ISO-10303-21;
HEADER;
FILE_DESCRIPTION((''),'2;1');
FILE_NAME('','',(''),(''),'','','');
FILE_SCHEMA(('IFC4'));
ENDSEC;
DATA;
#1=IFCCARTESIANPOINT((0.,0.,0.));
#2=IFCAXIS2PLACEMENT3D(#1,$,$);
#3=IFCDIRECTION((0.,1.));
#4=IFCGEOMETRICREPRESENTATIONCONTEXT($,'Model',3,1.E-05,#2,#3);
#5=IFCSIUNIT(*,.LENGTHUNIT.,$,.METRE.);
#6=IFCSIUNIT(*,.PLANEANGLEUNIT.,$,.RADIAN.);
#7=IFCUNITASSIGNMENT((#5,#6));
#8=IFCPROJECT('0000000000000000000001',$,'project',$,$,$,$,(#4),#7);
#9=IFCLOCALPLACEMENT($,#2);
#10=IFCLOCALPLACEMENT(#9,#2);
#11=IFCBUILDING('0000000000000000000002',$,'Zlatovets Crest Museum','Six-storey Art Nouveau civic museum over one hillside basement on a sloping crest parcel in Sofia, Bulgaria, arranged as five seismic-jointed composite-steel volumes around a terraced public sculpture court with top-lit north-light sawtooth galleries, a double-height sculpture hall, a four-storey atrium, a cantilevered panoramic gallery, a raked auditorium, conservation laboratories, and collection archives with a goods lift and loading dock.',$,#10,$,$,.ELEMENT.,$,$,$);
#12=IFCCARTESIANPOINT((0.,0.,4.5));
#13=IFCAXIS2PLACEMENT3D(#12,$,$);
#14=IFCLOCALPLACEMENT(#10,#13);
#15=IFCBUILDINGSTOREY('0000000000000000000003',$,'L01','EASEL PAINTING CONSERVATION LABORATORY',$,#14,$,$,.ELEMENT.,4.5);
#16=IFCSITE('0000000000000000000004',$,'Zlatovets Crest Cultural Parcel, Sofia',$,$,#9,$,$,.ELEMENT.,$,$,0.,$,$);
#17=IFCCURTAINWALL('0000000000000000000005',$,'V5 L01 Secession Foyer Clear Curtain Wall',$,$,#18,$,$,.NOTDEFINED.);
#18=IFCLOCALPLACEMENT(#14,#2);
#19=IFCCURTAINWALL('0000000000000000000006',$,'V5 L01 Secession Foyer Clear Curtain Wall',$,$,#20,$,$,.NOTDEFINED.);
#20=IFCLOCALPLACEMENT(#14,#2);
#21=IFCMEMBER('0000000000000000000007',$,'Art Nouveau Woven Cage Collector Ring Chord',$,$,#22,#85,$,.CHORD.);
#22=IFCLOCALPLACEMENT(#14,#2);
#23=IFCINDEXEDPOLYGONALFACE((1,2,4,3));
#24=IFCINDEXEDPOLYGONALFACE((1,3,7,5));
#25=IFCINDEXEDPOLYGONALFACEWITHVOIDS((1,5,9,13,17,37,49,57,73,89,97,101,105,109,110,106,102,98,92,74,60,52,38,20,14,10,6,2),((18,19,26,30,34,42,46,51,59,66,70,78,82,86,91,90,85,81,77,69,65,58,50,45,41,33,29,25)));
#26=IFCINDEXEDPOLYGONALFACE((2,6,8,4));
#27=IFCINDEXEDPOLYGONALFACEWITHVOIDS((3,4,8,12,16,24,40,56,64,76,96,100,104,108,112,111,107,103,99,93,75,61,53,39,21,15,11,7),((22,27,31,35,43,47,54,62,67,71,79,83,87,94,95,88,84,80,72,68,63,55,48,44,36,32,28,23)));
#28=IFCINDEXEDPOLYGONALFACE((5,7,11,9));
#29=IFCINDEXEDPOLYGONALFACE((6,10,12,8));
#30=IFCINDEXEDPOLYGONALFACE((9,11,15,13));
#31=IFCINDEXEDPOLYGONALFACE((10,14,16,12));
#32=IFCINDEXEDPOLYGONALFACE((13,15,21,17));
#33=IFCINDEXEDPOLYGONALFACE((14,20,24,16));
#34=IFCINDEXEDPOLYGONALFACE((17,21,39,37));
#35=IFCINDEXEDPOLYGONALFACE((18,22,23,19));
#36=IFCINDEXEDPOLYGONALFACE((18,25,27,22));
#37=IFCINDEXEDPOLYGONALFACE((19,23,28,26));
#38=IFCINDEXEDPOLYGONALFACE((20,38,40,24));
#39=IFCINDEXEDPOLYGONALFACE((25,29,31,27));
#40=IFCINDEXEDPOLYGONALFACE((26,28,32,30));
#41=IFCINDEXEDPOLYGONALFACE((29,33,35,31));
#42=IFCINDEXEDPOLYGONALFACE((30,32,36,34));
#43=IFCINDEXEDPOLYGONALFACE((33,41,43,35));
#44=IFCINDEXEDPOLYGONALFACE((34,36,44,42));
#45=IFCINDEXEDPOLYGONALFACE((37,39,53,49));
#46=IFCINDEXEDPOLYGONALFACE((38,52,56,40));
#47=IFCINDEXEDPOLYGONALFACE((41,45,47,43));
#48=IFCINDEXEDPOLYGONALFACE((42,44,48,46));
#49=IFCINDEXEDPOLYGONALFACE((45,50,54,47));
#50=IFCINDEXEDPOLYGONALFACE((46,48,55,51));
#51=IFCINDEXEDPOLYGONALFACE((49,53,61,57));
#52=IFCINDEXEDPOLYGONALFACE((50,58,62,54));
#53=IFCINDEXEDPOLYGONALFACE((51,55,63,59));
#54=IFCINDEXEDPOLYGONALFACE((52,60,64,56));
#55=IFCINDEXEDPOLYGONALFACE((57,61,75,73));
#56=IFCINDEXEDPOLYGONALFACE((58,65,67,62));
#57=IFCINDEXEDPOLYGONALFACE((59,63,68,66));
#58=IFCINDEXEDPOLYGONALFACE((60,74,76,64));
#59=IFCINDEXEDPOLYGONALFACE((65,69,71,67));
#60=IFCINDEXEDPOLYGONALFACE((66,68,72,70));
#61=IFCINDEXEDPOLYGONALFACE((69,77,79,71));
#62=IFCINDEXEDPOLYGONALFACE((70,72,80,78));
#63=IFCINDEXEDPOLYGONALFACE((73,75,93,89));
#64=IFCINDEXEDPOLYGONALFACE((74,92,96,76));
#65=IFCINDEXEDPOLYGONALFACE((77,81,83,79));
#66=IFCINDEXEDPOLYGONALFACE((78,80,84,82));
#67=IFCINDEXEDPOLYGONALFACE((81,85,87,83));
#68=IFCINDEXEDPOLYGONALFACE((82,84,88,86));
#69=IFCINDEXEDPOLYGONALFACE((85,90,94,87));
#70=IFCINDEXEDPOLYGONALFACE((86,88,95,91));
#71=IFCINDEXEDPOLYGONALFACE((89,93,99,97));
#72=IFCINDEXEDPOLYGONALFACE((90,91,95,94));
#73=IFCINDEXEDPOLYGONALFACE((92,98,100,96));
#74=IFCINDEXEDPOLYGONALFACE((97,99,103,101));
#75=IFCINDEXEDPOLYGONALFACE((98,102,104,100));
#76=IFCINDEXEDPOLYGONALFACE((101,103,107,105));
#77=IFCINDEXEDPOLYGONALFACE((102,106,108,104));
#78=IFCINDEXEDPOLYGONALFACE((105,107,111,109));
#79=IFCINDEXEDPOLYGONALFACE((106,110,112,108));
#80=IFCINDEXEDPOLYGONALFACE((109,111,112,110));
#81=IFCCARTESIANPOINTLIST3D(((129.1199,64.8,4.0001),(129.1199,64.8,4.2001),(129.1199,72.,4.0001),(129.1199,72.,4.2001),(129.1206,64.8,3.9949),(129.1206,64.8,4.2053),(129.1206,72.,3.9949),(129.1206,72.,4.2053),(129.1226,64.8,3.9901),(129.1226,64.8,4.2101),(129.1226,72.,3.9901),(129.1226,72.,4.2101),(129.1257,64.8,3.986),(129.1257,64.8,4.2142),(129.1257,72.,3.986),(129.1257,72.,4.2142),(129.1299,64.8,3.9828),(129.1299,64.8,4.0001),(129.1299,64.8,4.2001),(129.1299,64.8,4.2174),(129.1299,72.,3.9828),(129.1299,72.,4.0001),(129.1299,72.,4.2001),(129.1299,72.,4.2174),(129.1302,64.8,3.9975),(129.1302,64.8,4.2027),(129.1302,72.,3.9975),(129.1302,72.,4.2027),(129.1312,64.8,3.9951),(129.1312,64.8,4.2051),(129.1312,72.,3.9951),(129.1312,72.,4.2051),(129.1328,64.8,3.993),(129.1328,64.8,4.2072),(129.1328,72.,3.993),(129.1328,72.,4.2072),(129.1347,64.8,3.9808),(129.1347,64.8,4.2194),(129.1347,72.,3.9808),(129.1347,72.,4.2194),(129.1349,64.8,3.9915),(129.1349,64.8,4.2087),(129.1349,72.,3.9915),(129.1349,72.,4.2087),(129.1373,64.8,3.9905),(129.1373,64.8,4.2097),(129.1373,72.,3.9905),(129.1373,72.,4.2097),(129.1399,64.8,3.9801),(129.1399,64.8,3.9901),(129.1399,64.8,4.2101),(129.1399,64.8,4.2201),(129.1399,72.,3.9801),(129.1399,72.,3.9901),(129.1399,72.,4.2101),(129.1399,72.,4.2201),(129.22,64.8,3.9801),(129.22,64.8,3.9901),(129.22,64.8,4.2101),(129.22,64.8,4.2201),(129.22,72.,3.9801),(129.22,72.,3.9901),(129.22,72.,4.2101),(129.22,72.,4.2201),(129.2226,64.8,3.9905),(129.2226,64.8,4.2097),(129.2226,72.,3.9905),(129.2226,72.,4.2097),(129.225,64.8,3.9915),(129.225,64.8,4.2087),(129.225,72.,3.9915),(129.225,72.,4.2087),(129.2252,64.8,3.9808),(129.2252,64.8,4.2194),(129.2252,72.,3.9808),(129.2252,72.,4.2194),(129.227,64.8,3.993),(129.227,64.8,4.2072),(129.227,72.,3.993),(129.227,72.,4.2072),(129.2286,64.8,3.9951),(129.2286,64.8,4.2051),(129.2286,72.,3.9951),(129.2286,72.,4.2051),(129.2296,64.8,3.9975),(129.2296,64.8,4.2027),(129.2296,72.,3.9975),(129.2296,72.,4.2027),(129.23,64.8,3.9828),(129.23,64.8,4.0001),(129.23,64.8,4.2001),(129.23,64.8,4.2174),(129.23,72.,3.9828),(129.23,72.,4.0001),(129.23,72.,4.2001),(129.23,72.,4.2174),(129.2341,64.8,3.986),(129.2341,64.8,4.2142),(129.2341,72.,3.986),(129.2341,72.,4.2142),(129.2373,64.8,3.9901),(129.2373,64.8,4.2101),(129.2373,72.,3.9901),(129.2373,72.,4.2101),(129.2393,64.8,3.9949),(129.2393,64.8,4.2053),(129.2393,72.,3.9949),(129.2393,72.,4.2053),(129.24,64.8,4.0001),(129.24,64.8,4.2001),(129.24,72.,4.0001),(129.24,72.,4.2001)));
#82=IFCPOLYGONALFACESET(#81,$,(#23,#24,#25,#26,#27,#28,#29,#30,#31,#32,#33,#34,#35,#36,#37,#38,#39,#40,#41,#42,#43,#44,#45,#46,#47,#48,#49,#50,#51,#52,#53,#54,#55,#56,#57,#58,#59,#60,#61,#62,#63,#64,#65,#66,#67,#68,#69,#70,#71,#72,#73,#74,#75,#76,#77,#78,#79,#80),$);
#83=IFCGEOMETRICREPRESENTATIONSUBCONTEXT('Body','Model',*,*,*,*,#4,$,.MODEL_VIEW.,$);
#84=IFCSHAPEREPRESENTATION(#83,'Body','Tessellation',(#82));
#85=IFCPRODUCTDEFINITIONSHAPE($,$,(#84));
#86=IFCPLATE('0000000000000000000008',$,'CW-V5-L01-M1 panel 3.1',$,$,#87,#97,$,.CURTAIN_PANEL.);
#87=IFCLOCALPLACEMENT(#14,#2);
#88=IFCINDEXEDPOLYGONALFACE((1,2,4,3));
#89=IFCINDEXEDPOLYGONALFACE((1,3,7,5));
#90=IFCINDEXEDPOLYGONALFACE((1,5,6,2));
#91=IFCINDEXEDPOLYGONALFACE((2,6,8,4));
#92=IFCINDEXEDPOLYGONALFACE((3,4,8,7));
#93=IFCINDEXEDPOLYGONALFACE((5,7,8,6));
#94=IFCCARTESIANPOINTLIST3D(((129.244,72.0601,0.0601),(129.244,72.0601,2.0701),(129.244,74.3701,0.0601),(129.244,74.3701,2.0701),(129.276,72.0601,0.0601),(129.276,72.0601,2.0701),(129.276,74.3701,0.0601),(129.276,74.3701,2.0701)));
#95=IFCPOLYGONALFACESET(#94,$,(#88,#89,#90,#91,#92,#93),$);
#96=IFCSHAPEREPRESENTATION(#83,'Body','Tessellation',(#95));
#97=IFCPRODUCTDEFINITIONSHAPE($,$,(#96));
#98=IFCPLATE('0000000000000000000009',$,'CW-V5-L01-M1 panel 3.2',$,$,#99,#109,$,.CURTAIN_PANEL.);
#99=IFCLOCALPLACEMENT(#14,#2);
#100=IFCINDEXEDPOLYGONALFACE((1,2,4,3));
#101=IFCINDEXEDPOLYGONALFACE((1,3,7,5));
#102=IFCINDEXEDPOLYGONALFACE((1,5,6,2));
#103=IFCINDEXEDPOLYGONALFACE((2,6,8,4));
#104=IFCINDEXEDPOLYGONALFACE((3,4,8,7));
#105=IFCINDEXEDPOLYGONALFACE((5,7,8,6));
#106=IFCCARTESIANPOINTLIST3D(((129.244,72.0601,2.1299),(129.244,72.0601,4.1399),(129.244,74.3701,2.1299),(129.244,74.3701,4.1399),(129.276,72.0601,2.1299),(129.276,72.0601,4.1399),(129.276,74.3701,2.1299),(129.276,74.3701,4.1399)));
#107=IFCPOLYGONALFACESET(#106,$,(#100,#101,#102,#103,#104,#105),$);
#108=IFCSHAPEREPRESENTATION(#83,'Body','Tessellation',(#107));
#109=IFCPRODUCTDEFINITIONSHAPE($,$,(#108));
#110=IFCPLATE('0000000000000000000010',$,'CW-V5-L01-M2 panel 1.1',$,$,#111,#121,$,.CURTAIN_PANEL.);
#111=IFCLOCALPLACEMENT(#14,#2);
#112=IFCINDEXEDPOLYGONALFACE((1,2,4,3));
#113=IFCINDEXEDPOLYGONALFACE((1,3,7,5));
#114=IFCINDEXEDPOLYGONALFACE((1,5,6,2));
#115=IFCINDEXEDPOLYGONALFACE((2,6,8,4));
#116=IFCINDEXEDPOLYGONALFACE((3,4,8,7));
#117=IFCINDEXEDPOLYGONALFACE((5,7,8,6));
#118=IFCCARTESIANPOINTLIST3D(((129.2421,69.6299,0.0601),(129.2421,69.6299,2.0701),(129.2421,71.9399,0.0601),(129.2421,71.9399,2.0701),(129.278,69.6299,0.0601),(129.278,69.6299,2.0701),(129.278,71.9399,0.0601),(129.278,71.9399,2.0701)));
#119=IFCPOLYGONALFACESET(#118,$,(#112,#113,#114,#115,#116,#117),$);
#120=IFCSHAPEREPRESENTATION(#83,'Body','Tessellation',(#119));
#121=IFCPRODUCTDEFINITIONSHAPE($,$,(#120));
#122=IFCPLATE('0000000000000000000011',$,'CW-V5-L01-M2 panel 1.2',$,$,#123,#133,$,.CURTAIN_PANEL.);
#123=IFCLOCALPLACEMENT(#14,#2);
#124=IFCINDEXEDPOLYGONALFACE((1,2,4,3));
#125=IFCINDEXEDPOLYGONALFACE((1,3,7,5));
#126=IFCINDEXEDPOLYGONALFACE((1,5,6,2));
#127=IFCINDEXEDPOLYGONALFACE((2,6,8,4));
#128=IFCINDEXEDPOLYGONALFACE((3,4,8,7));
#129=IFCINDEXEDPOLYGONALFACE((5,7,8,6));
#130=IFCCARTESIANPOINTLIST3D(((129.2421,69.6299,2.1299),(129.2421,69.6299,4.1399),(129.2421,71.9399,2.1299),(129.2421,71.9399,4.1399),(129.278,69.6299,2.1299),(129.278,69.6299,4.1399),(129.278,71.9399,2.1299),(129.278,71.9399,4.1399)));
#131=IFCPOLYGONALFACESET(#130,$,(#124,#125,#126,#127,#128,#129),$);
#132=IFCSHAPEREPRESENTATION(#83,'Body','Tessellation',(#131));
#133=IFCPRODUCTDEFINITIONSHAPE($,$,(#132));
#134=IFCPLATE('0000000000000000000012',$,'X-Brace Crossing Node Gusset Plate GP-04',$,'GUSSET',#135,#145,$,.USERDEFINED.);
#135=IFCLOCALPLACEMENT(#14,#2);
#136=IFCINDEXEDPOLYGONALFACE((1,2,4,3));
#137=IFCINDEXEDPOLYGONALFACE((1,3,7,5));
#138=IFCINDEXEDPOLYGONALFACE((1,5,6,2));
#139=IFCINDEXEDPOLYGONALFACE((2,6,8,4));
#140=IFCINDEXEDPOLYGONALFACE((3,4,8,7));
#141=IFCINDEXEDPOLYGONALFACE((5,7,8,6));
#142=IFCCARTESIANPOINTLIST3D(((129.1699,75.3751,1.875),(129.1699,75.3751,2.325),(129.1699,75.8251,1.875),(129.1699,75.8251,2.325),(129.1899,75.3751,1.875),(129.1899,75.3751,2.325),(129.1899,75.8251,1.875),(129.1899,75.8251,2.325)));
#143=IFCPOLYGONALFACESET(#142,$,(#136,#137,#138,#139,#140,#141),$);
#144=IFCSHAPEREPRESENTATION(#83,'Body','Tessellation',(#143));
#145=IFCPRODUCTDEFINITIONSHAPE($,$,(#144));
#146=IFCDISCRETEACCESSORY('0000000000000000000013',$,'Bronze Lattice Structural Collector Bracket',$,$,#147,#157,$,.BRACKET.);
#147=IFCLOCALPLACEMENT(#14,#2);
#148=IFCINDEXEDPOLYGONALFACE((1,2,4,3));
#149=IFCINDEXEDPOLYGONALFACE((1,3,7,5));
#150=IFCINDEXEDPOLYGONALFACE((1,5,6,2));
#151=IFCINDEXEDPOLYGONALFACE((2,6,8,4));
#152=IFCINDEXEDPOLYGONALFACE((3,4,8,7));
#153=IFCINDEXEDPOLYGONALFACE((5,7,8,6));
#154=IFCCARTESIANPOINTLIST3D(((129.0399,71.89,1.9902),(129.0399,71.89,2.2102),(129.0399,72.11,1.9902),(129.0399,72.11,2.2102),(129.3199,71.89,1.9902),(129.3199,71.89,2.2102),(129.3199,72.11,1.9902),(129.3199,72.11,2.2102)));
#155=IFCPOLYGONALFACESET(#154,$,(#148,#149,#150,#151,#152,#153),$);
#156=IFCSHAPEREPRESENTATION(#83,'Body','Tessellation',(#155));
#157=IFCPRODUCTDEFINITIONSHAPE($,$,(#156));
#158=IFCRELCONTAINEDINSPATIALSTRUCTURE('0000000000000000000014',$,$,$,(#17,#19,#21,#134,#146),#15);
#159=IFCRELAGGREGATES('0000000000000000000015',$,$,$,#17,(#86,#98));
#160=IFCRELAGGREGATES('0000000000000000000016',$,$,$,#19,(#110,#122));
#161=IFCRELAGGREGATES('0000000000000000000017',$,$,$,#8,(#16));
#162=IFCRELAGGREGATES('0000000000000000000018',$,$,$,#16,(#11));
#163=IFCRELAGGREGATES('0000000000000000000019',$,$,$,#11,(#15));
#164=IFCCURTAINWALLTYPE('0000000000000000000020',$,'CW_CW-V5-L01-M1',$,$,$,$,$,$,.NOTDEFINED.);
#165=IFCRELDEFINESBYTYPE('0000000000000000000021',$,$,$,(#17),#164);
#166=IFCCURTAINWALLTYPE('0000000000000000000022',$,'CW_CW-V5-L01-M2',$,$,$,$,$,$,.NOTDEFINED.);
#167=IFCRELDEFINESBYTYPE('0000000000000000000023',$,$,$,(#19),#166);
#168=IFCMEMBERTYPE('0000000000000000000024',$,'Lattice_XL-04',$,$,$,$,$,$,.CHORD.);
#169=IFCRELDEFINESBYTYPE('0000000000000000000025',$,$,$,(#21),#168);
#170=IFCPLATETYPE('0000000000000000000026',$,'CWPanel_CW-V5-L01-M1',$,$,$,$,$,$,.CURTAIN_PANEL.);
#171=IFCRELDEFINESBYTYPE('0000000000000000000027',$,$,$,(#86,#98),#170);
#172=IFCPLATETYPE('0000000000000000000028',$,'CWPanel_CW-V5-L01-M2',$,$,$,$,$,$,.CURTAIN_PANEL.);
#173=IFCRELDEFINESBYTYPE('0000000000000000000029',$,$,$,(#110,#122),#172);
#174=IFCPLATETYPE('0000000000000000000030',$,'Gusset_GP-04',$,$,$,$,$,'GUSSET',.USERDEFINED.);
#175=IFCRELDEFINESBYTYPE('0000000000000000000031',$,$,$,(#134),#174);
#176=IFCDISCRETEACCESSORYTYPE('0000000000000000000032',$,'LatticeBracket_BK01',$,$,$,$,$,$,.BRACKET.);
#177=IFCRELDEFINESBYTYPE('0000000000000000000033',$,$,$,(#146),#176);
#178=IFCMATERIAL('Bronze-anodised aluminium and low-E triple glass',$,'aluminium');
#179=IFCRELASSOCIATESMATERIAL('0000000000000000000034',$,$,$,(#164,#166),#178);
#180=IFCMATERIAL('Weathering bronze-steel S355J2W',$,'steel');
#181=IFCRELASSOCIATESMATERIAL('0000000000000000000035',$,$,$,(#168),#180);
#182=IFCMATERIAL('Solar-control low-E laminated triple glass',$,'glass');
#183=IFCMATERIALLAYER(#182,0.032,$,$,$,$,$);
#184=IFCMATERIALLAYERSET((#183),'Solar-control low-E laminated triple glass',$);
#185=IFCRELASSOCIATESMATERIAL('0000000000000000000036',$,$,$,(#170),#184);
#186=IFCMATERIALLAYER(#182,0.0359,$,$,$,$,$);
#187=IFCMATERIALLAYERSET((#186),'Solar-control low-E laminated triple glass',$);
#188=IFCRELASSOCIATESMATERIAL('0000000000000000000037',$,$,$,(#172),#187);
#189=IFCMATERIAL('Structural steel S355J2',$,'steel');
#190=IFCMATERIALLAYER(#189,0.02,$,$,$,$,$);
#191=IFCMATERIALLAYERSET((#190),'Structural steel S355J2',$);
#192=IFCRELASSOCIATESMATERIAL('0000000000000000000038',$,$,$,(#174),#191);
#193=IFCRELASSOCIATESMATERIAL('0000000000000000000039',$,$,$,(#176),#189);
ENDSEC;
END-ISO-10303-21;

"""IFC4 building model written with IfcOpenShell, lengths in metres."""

from ifc_helpers import new_model, si_unit, direction, frame, origin, origin_2d, place, context, subcontext, project, spatial, rectangle, hollow_rectangle, extrude, material, layer, layer_set, material_profile, profile_set, type_object, element, aggregate, save


model = new_model("IFC4")

# Units and contexts
model_context = context("Model", 3, precision=1e-05, world=origin(), true_north=direction((0.0, 1.0)))
body_context = subcontext(model_context, "Body", "Model", "MODEL_VIEW")
ifc_project = project(units=[si_unit("LENGTHUNIT", "METRE"), si_unit("PLANEANGLEUNIT", "RADIAN")], contexts=[model_context])

# Site, building, storey
site_placement = place(None, origin())
site = spatial("IfcSite", under=ifc_project, at=site_placement, Name="Zlatovets Crest Cultural Parcel, Sofia", CompositionType="ELEMENT", RefElevation=0.0)
building_placement = place(site_placement, origin())
building = spatial("IfcBuilding", under=site, at=building_placement, Name="Zlatovets Crest Museum", Description="Six-storey Art Nouveau civic museum over one hillside basement on a sloping crest parcel in Sofia, Bulgaria, arranged as five seismic-jointed composite-steel volumes around a terraced public sculpture court with top-lit north-light sawtooth galleries, a double-height sculpture hall, a four-storey atrium, a cantilevered panoramic gallery, a raked auditorium, conservation laboratories, and collection archives with a goods lift and loading dock.", CompositionType="ELEMENT")
storey_placement = place(building_placement, frame((0.0, 0.0, 4.5)))
storey = spatial("IfcBuildingStorey", under=building, at=storey_placement, Name="L01", Description="EASEL PAINTING CONSERVATION LABORATORY", CompositionType="ELEMENT", Elevation=4.5)

# Curtain walls
ifc_material_1 = material(Name="Bronze-anodised aluminium and low-E triple glass", Category="aluminium")
curtain_wall_type_1 = type_object("IfcCurtainWallType", Name="CW_CW-V5-L01-M1", PredefinedType="NOTDEFINED", material=ifc_material_1)
curtain_wall_1_placement = place(storey_placement, origin())
curtain_wall_1 = element("IfcCurtainWall", 1, at=curtain_wall_1_placement, inside=storey, type_object=curtain_wall_type_1, Name="V5 L01 Secession Foyer Clear Curtain Wall", PredefinedType="NOTDEFINED")
curtain_wall_type_2 = type_object("IfcCurtainWallType", Name="CW_CW-V5-L01-M2", PredefinedType="NOTDEFINED", material=ifc_material_1)
curtain_wall_2_placement = place(storey_placement, origin())
curtain_wall_2 = element("IfcCurtainWall", 2, at=curtain_wall_2_placement, inside=storey, type_object=curtain_wall_type_2, Name="V5 L01 Secession Foyer Clear Curtain Wall", PredefinedType="NOTDEFINED")

# Member
ifc_material_2 = material(Name="Weathering bronze-steel S355J2W", Category="steel")
ifc_material_profile_1 = material_profile(ifc_material_2, hollow_rectangle(XDim=0.1201, YDim=0.24, WallThickness=0.01, InnerFilletRadius=0.01, OuterFilletRadius=0.02, at=origin_2d()), Name="RHS 120x240x10.0")
ifc_profile_set_1 = profile_set([ifc_material_profile_1], Name="Weathering bronze-steel S355J2W")
member_type_1 = type_object("IfcMemberType", Name="Lattice_XL-04", PredefinedType="CHORD", material=ifc_profile_set_1)
member_1_placement = place(storey_placement, frame((129.1799, 72.0, 4.1001), z_axis=(0.0, -1.0, 0.0), x_axis=(1.0, 0.0, 0.0)))
element("IfcMember", 3, at=member_1_placement, inside=storey, type_object=member_type_1, Name="Art Nouveau Woven Cage Collector Ring Chord", PredefinedType="CHORD", context=body_context, shape_type="SweptSolid", body=[
    extrude(hollow_rectangle(XDim=0.1201, YDim=0.24, WallThickness=0.01, InnerFilletRadius=0.01, OuterFilletRadius=0.02, at=origin_2d()), origin(), (0.0, 0.0, 1.0), 7.2),
])

# Plates
ifc_material_3 = material(Name="Solar-control low-E laminated triple glass", Category="glass")
ifc_layer_1 = layer(ifc_material_3, 0.032)
ifc_layer_set_1 = layer_set([ifc_layer_1], Name="Solar-control low-E laminated triple glass")
plate_type_1 = type_object("IfcPlateType", Name="CWPanel_CW-V5-L01-M1", PredefinedType="CURTAIN_PANEL", material=ifc_layer_set_1)
plate_1_placement = place(storey_placement, frame((129.26, 73.2151, 0.0601), z_axis=(0.0, 0.0, 1.0), x_axis=(0.0, -1.0, 0.0)))
plate_1 = element("IfcPlate", 4, at=plate_1_placement, type_object=plate_type_1, Name="CW-V5-L01-M1 panel 3.1", PredefinedType="CURTAIN_PANEL", context=body_context, shape_type="SweptSolid", body=[
    extrude(rectangle(XDim=2.3101, YDim=0.032, at=origin_2d()), origin(), (0.0, 0.0, 1.0), 2.01),
])
plate_2_placement = place(storey_placement, frame((129.26, 73.2151, 2.1299), z_axis=(0.0, 0.0, 1.0), x_axis=(0.0, -1.0, 0.0)))
plate_2 = element("IfcPlate", 5, at=plate_2_placement, type_object=plate_type_1, Name="CW-V5-L01-M1 panel 3.2", PredefinedType="CURTAIN_PANEL", context=body_context, shape_type="SweptSolid", body=[
    extrude(rectangle(XDim=2.3101, YDim=0.032, at=origin_2d()), origin(), (0.0, 0.0, 1.0), 2.01),
])
aggregate(curtain_wall_1, [plate_1, plate_2])
ifc_layer_2 = layer(ifc_material_3, 0.0359)
ifc_layer_set_2 = layer_set([ifc_layer_2], Name="Solar-control low-E laminated triple glass")
plate_type_2 = type_object("IfcPlateType", Name="CWPanel_CW-V5-L01-M2", PredefinedType="CURTAIN_PANEL", material=ifc_layer_set_2)
plate_3_placement = place(storey_placement, frame((129.26, 70.7849, 0.0601), z_axis=(0.0, 0.0, 1.0), x_axis=(0.0, -1.0, 0.0)))
plate_3 = element("IfcPlate", 6, at=plate_3_placement, type_object=plate_type_2, Name="CW-V5-L01-M2 panel 1.1", PredefinedType="CURTAIN_PANEL", context=body_context, shape_type="SweptSolid", body=[
    extrude(rectangle(XDim=2.3101, YDim=0.0359, at=origin_2d()), origin(), (0.0, 0.0, 1.0), 2.01),
])
plate_4_placement = place(storey_placement, frame((129.26, 70.7849, 2.1299), z_axis=(0.0, 0.0, 1.0), x_axis=(0.0, -1.0, 0.0)))
plate_4 = element("IfcPlate", 7, at=plate_4_placement, type_object=plate_type_2, Name="CW-V5-L01-M2 panel 1.2", PredefinedType="CURTAIN_PANEL", context=body_context, shape_type="SweptSolid", body=[
    extrude(rectangle(XDim=2.3101, YDim=0.0359, at=origin_2d()), origin(), (0.0, 0.0, 1.0), 2.01),
])
aggregate(curtain_wall_2, [plate_3, plate_4])
ifc_material_4 = material(Name="Structural steel S355J2", Category="steel")
ifc_layer_3 = layer(ifc_material_4, 0.02)
ifc_layer_set_3 = layer_set([ifc_layer_3], Name="Structural steel S355J2")
plate_type_3 = type_object("IfcPlateType", Name="Gusset_GP-04", ElementType="GUSSET", PredefinedType="USERDEFINED", material=ifc_layer_set_3)
plate_5_placement = place(storey_placement, frame((129.1799, 75.6001, 1.875), z_axis=(0.0, 0.0, 1.0), x_axis=(1.0, 0.0, 0.0)))
element("IfcPlate", 8, at=plate_5_placement, inside=storey, type_object=plate_type_3, Name="X-Brace Crossing Node Gusset Plate GP-04", ObjectType="GUSSET", PredefinedType="USERDEFINED", context=body_context, shape_type="SweptSolid", body=[
    extrude(rectangle(XDim=0.02, YDim=0.45, at=origin_2d()), origin(), (0.0, 0.0, 1.0), 0.45),
])

# Discrete accessory
discrete_accessory_type = type_object("IfcDiscreteAccessoryType", Name="LatticeBracket_BK01", PredefinedType="BRACKET", material=ifc_material_4)
discrete_accessory_placement = place(storey_placement, frame((129.1799, 72.0, 1.9902), z_axis=(0.0, 0.0, 1.0), x_axis=(1.0, 0.0, 0.0)))
element("IfcDiscreteAccessory", 9, at=discrete_accessory_placement, inside=storey, type_object=discrete_accessory_type, Name="Bronze Lattice Structural Collector Bracket", PredefinedType="BRACKET", context=body_context, shape_type="SweptSolid", body=[
    extrude(rectangle(XDim=0.28, YDim=0.22, at=origin_2d()), origin(), (0.0, 0.0, 1.0), 0.22),
])

save(model, "model.ifc")
